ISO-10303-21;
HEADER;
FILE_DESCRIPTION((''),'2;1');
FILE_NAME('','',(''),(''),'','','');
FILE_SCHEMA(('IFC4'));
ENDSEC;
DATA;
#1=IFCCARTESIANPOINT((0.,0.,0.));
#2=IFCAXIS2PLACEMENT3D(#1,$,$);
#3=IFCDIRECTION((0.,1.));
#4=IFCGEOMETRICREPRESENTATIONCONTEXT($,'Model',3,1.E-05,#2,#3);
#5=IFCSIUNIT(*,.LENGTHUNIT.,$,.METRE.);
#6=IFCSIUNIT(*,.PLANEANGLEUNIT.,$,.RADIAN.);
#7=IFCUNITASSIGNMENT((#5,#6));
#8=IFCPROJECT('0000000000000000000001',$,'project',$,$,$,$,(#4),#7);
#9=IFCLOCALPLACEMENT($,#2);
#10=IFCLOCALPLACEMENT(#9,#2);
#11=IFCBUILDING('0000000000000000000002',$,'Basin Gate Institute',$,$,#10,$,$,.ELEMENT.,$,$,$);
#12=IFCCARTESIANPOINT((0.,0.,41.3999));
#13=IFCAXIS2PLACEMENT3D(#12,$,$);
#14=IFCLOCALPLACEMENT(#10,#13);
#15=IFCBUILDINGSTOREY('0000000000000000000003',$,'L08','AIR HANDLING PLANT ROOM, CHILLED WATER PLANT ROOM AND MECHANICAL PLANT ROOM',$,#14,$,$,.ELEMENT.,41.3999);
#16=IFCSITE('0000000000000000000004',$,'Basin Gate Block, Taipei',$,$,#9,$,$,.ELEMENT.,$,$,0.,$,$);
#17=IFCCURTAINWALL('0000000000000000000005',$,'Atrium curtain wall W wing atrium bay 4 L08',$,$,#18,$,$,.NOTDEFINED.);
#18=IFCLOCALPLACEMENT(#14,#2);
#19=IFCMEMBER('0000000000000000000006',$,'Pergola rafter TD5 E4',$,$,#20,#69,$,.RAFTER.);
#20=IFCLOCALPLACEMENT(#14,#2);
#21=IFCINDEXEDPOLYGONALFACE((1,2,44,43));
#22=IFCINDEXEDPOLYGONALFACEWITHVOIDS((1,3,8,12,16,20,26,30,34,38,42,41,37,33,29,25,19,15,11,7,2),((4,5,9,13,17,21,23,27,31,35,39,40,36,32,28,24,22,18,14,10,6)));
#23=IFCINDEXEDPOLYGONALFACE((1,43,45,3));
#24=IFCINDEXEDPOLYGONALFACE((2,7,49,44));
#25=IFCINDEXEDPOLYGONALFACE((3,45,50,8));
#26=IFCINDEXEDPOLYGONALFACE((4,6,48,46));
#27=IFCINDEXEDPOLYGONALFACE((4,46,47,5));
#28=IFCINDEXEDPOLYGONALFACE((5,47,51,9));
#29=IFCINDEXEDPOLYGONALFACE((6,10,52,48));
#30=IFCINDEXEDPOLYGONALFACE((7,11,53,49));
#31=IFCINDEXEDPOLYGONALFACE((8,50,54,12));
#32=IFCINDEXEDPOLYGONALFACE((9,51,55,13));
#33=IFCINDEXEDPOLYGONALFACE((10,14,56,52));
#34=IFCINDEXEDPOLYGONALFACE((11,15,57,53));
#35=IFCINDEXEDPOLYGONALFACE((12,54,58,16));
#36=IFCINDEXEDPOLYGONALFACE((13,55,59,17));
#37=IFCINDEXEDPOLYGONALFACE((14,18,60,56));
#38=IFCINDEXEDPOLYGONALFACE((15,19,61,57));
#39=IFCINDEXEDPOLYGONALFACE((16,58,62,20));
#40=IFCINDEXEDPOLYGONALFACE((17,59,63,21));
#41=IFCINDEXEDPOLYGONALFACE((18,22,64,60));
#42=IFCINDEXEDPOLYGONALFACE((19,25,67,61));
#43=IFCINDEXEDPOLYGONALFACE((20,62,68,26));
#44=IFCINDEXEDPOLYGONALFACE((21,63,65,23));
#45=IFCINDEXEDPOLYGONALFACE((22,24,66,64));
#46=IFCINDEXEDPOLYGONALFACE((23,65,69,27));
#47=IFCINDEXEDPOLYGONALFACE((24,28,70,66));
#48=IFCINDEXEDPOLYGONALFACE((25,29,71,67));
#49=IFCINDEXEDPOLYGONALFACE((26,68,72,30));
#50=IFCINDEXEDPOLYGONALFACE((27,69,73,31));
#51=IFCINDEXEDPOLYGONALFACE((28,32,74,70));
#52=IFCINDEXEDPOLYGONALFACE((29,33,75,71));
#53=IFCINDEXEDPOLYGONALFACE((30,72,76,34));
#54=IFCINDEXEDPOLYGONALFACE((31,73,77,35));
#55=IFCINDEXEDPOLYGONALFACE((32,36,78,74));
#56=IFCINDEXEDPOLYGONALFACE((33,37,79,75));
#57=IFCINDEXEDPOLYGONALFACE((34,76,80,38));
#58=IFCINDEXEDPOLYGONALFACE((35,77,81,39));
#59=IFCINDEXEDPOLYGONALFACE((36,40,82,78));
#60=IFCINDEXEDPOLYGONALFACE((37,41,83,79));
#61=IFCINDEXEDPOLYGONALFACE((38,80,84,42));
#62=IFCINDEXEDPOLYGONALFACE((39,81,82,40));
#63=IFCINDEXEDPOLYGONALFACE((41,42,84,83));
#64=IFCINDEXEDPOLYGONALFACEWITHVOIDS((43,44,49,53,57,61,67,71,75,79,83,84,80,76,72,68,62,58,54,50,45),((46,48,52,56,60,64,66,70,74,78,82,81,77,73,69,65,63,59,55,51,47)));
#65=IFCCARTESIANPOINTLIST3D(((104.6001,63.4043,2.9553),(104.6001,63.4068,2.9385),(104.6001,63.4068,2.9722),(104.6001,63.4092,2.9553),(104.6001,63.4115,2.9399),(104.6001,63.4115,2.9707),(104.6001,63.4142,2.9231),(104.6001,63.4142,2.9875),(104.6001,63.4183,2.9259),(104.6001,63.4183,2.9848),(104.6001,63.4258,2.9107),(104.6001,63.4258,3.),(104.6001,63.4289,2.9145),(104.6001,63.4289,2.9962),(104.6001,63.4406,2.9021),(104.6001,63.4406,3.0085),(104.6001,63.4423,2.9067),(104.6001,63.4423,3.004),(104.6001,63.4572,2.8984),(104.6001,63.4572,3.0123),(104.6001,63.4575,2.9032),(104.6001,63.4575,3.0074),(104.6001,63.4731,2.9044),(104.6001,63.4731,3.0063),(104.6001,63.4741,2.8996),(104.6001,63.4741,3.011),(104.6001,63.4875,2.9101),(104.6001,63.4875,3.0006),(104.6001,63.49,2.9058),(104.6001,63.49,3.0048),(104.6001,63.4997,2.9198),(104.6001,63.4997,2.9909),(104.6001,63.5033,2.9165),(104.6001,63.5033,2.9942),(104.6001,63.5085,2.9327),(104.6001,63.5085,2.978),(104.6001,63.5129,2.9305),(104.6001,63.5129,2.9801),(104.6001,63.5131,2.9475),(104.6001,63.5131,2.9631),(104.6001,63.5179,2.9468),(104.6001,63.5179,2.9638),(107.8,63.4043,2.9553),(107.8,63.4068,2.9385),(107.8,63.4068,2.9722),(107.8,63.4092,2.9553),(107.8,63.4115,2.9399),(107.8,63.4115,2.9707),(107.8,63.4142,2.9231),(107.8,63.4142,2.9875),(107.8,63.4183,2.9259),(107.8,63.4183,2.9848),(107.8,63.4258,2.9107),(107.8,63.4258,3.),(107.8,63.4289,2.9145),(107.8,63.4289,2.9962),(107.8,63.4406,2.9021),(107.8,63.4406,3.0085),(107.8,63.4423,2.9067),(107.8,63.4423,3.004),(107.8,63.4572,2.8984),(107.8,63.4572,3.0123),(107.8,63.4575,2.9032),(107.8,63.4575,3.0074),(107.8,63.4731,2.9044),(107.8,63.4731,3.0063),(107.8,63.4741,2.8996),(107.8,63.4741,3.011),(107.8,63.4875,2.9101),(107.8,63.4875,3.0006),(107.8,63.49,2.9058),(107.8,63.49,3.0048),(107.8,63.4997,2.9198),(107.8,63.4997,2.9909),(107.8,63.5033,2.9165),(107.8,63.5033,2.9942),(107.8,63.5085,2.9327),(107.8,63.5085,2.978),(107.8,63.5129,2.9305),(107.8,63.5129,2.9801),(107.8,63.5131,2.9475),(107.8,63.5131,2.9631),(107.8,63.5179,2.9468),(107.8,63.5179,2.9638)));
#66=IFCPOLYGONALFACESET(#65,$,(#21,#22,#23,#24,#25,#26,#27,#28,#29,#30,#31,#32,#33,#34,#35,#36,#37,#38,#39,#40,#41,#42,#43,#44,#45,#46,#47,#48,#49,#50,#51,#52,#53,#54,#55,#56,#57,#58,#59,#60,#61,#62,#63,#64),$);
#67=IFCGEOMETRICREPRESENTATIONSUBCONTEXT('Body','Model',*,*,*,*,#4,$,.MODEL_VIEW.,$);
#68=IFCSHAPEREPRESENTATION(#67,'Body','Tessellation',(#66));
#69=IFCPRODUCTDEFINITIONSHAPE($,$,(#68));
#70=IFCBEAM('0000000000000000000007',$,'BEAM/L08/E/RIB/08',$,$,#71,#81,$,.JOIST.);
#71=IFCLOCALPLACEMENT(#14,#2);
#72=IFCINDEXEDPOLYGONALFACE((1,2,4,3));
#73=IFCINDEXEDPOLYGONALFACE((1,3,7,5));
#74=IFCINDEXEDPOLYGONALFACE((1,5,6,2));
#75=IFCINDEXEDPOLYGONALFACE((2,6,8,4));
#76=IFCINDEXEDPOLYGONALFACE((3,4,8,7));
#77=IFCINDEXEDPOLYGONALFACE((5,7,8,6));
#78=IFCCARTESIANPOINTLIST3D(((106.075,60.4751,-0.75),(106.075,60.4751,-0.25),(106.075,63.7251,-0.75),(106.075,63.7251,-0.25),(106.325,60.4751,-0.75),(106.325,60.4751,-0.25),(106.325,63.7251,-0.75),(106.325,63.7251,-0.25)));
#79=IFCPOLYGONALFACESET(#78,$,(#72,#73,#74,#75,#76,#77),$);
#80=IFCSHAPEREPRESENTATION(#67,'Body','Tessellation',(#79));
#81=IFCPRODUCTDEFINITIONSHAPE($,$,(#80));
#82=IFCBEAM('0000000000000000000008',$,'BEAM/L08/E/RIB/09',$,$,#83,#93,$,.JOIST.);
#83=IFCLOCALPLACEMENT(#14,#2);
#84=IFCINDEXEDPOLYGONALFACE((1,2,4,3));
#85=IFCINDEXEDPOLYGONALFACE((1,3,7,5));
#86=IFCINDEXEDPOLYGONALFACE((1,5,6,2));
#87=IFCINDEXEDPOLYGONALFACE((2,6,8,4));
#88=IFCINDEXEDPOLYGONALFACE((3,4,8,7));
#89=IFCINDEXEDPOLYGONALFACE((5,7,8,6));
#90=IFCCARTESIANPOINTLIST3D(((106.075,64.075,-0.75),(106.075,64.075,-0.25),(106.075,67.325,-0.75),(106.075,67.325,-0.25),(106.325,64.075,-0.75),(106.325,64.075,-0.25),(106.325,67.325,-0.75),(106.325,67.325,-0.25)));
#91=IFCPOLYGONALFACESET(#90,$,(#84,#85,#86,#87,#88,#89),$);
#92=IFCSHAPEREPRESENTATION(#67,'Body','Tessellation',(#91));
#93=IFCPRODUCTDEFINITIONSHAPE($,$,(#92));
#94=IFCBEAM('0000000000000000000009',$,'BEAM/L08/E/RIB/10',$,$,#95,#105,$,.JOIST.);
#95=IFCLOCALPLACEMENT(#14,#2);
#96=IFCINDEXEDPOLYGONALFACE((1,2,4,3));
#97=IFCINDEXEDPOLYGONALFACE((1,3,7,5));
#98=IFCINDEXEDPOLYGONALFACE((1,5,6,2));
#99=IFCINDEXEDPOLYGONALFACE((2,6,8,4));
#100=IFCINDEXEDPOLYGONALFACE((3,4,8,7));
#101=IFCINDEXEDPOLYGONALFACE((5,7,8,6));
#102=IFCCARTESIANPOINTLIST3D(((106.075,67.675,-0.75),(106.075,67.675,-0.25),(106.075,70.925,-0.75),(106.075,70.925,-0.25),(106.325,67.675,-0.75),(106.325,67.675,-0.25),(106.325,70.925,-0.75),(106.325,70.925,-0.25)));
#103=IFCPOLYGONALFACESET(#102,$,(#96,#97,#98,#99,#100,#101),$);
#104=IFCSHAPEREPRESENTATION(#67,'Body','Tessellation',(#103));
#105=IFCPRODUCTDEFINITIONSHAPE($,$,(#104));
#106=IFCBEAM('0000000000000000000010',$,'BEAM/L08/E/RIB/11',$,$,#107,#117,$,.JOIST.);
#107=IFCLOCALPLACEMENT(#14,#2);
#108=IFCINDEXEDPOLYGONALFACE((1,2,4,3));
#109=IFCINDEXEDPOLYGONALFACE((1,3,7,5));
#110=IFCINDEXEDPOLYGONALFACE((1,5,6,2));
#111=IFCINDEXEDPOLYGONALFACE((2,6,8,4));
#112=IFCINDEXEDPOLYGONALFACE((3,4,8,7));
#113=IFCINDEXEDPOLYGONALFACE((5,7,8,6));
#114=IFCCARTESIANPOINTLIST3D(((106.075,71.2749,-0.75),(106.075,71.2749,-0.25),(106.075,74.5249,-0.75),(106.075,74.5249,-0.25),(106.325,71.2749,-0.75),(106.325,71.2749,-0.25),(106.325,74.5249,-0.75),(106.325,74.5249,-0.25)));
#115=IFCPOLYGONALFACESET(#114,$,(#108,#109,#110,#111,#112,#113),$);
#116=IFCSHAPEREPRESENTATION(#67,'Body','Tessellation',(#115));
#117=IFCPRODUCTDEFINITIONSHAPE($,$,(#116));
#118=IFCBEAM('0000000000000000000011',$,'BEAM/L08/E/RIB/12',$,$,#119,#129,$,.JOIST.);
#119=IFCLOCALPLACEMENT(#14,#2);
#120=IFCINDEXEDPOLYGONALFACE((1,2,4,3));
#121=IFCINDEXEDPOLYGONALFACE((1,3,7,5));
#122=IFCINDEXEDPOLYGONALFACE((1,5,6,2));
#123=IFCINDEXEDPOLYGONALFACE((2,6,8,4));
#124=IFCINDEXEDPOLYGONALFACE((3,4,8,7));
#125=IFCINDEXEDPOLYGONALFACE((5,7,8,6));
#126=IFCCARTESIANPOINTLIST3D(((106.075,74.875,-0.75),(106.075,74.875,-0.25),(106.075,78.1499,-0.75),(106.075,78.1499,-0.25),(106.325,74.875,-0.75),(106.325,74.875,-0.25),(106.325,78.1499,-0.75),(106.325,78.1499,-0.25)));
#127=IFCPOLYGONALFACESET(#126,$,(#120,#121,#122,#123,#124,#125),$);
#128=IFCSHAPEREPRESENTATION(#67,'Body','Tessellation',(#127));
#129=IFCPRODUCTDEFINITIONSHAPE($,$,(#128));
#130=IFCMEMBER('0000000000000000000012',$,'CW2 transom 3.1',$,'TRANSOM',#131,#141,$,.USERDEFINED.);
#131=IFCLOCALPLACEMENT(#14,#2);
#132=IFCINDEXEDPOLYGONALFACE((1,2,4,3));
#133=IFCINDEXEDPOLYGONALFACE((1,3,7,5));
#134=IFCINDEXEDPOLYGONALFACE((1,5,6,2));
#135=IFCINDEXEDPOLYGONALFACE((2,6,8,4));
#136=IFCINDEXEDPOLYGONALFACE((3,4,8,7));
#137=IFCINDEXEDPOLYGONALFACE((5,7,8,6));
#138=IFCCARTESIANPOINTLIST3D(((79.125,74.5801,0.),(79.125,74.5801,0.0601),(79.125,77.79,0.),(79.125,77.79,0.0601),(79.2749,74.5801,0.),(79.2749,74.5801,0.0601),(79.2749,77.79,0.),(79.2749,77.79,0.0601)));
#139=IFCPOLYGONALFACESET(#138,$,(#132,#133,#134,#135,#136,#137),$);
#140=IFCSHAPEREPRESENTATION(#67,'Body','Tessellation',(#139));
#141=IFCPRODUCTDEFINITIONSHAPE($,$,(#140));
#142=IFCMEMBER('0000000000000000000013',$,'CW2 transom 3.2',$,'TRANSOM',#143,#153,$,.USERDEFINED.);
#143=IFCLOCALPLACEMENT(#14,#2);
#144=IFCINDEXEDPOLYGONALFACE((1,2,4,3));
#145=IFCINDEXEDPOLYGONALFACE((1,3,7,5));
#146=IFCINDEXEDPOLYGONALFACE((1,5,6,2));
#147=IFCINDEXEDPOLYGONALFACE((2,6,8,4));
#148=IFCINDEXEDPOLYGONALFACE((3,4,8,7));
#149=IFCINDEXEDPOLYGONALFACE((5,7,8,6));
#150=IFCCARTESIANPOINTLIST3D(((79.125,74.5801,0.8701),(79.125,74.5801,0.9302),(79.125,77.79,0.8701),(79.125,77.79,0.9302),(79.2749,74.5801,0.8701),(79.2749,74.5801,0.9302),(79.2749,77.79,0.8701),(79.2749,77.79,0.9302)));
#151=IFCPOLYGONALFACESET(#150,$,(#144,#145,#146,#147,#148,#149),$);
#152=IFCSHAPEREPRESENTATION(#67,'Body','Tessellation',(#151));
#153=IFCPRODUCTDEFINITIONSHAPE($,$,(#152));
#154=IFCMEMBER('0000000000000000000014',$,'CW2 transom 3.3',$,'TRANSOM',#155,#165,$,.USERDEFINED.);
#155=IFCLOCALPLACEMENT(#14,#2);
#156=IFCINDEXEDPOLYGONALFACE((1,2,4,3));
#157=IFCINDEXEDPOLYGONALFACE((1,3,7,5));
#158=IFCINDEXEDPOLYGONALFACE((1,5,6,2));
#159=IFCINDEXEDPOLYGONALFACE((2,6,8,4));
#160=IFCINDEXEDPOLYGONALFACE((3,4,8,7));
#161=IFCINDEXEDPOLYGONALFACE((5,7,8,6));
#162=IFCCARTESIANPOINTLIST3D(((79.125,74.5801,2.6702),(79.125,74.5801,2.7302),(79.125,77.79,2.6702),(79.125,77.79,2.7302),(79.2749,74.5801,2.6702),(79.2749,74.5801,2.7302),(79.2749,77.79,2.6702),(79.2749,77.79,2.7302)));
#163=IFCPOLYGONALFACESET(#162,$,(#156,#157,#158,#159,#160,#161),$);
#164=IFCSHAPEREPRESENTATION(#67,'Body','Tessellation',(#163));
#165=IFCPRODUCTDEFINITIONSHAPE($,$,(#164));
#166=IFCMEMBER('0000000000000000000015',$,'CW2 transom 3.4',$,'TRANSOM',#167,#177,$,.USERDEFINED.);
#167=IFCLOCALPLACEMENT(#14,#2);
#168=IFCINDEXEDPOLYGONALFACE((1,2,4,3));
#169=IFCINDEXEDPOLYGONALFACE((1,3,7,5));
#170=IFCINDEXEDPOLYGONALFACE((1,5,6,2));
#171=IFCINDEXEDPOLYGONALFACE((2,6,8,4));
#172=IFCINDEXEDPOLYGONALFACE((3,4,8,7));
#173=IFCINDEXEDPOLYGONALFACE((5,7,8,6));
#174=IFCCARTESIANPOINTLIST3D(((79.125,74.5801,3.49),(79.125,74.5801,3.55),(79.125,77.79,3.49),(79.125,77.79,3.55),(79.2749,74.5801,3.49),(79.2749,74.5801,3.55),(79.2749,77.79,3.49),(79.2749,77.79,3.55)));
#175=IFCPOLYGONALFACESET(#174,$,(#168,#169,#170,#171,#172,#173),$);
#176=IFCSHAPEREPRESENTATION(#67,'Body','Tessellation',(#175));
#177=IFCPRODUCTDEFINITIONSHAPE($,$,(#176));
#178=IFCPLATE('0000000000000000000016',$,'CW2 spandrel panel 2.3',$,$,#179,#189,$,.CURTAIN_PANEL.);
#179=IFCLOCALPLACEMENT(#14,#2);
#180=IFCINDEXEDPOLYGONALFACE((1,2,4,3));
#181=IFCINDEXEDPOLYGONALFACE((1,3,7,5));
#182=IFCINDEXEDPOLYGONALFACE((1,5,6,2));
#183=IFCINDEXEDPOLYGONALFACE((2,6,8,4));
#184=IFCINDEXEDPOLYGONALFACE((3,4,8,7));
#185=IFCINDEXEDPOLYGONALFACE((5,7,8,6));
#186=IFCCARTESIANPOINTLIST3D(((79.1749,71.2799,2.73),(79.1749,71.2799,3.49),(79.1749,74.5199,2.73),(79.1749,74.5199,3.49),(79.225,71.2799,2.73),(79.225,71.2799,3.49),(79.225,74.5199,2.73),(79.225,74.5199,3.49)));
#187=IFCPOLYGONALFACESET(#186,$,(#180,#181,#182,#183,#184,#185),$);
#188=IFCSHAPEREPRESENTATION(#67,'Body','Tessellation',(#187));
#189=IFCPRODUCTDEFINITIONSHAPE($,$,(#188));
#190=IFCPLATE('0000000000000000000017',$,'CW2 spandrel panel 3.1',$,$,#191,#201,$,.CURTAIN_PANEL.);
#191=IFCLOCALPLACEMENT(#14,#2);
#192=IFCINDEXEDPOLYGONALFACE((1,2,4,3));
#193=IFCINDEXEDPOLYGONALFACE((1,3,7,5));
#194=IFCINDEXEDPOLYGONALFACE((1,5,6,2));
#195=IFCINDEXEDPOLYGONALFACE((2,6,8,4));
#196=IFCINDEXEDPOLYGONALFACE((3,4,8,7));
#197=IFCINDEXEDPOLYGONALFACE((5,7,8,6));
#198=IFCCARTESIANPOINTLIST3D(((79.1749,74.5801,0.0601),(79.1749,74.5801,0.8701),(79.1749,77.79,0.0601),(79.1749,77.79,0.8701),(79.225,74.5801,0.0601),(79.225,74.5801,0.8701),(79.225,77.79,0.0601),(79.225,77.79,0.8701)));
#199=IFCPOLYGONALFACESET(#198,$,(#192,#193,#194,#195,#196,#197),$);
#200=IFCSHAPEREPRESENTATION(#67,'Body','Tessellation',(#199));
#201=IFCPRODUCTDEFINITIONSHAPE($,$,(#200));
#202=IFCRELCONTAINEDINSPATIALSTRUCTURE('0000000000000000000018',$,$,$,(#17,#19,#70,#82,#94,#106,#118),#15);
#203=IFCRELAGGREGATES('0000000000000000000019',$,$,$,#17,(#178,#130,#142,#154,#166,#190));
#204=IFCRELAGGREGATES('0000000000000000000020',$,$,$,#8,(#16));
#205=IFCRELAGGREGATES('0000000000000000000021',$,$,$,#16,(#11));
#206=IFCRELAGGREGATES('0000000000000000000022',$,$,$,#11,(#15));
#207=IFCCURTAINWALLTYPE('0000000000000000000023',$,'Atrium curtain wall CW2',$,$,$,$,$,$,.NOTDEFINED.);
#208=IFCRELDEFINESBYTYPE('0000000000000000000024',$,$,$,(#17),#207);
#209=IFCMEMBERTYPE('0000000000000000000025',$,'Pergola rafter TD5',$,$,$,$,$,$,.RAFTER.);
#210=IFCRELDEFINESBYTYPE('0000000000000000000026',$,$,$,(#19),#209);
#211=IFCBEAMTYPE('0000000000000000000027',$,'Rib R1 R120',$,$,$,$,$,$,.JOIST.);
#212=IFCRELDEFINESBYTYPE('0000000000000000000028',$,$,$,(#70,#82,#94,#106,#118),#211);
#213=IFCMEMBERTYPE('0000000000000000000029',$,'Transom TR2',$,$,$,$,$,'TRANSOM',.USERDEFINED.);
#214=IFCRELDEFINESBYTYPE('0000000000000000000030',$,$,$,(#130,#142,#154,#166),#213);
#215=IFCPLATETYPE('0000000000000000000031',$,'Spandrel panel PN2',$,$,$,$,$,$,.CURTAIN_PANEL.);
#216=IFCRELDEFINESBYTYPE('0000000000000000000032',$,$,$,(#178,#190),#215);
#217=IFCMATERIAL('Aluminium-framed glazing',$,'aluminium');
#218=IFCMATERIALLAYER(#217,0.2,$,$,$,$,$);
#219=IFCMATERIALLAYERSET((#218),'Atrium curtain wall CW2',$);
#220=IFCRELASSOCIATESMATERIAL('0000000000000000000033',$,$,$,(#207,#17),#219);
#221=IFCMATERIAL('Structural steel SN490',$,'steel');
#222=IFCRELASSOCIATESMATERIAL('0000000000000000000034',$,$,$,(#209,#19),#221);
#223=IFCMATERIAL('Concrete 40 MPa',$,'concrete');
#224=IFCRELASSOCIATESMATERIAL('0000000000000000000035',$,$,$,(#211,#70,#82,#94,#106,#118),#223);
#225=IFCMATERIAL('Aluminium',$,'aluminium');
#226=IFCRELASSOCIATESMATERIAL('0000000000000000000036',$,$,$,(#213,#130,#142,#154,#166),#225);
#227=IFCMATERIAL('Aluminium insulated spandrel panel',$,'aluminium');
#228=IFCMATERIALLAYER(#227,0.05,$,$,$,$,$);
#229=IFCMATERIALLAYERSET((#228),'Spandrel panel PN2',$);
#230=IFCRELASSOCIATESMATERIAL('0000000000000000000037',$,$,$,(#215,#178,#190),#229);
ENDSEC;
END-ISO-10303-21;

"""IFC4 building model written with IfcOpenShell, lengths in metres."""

from ifc_helpers import new_model, si_unit, direction, frame, origin, origin_2d, place, context, subcontext, project, spatial, rectangle, hollow_circle, extrude, material, layer, layer_set, material_profile, profile_set, type_object, element, aggregate, save


model = new_model("IFC4")

# Units and contexts
model_context = context("Model", 3, precision=1e-05, world=origin(), true_north=direction((0.0, 1.0)))
body_context = subcontext(model_context, "Body", "Model", "MODEL_VIEW")
ifc_project = project(units=[si_unit("LENGTHUNIT", "METRE"), si_unit("PLANEANGLEUNIT", "RADIAN")], contexts=[model_context])

# Site, building, storey
site_placement = place(None, origin())
site = spatial("IfcSite", under=ifc_project, at=site_placement, Name="Basin Gate Block, Taipei", CompositionType="ELEMENT", RefElevation=0.0)
building_placement = place(site_placement, origin())
building = spatial("IfcBuilding", under=site, at=building_placement, Name="Basin Gate Institute", CompositionType="ELEMENT")
storey_placement = place(building_placement, frame((0.0, 0.0, 41.3999)))
storey = spatial("IfcBuildingStorey", under=building, at=storey_placement, Name="L08", Description="AIR HANDLING PLANT ROOM, CHILLED WATER PLANT ROOM AND MECHANICAL PLANT ROOM", CompositionType="ELEMENT", Elevation=41.3999)

# Curtain wall
ifc_material_1 = material(Name="Aluminium-framed glazing", Category="aluminium")
ifc_layer_1 = layer(ifc_material_1, 0.2)
ifc_layer_set_1 = layer_set([ifc_layer_1], Name="Atrium curtain wall CW2")
curtain_wall_type = type_object("IfcCurtainWallType", Name="Atrium curtain wall CW2", PredefinedType="NOTDEFINED", material=ifc_layer_set_1)
curtain_wall_placement = place(storey_placement, origin())
curtain_wall = element("IfcCurtainWall", 1, at=curtain_wall_placement, inside=storey, type_object=curtain_wall_type, material=ifc_layer_set_1, Name="Atrium curtain wall W wing atrium bay 4 L08", PredefinedType="NOTDEFINED")

# Member
ifc_material_2 = material(Name="Structural steel SN490", Category="steel")
ifc_material_profile_1 = material_profile(ifc_material_2, hollow_circle(Radius=0.0571, WallThickness=0.0049, at=origin_2d()), Name="CHS114x5")
ifc_profile_set_1 = profile_set([ifc_material_profile_1], Name="Structural steel SN490")
member_type_1 = type_object("IfcMemberType", Name="Pergola rafter TD5", PredefinedType="RAFTER", material=ifc_profile_set_1)
for number, where, z_axis, x_axis, name in (
    (2, (107.8, 63.4614, 2.9553), (-1.0, 0.0, 0.0), (0.0, -1.0, 0.0), "Pergola rafter TD5 E4"),
):
    element("IfcMember", number, at=place(storey_placement, frame(where, z_axis=z_axis, x_axis=x_axis)), inside=storey, type_object=member_type_1, material=ifc_profile_set_1, Name=name, PredefinedType="RAFTER", context=body_context, shape_type="SweptSolid", body=[
        extrude(hollow_circle(Radius=0.0571, WallThickness=0.0049, at=origin_2d()), origin(), (0.0, 0.0, 1.0), 3.2),
    ])

# Beams
ifc_material_3 = material(Name="Concrete 40 MPa", Category="concrete")
ifc_material_profile_2 = material_profile(ifc_material_3, rectangle(XDim=0.25, YDim=0.5, at=origin_2d()), Name="Rib R1 250 x 500")
ifc_profile_set_2 = profile_set([ifc_material_profile_2], Name="Concrete 40 MPa")
beam_type_1 = type_object("IfcBeamType", Name="Rib R1 R120", PredefinedType="JOIST", material=ifc_profile_set_2)
for number, where, z_axis, x_axis, name in (
    (3, (106.2, 60.4751, -0.5), (0.0, 1.0, 0.0), (-1.0, 0.0, 0.0), "BEAM/L08/E/RIB/08"),
    (4, (106.2, 64.075, -0.5), (0.0, 1.0, 0.0), (-1.0, 0.0, 0.0), "BEAM/L08/E/RIB/09"),
    (5, (106.2, 67.675, -0.5), (0.0, 1.0, 0.0), (-1.0, 0.0, 0.0), "BEAM/L08/E/RIB/10"),
    (6, (106.2, 71.2749, -0.5), (0.0, 1.0, 0.0), (-1.0, 0.0, 0.0), "BEAM/L08/E/RIB/11"),
):
    element("IfcBeam", number, at=place(storey_placement, frame(where, z_axis=z_axis, x_axis=x_axis)), inside=storey, type_object=beam_type_1, material=ifc_profile_set_2, Name=name, PredefinedType="JOIST", context=body_context, shape_type="SweptSolid", body=[
        extrude(rectangle(XDim=0.25, YDim=0.5, at=origin_2d()), origin(), (0.0, 0.0, 1.0), 3.25),
    ])
beam_1_placement = place(storey_placement, frame((106.2, 74.875, -0.5), z_axis=(0.0, 1.0, 0.0), x_axis=(-1.0, 0.0, 0.0)))
element("IfcBeam", 7, at=beam_1_placement, inside=storey, type_object=beam_type_1, material=ifc_profile_set_2, Name="BEAM/L08/E/RIB/12", PredefinedType="JOIST", context=body_context, shape_type="SweptSolid", body=[
    extrude(rectangle(XDim=0.25, YDim=0.5, at=origin_2d()), origin(), (0.0, 0.0, 1.0), 3.2749),
])

# Members
ifc_material_4 = material(Name="Aluminium", Category="aluminium")
ifc_material_profile_3 = material_profile(ifc_material_4, rectangle(XDim=0.1499, YDim=0.0601, at=origin_2d()), Name="Transom TR2 150 x 60")
ifc_profile_set_3 = profile_set([ifc_material_profile_3], Name="Aluminium")
member_type_2 = type_object("IfcMemberType", Name="Transom TR2", ElementType="TRANSOM", PredefinedType="USERDEFINED", material=ifc_profile_set_3)
member_1_placement = place(storey_placement, frame((79.2, 74.5801, 0.03), z_axis=(0.0, 1.0, 0.0), x_axis=(-1.0, 0.0, 0.0)))
member_1 = element("IfcMember", 8, at=member_1_placement, type_object=member_type_2, material=ifc_profile_set_3, Name="CW2 transom 3.1", ObjectType="TRANSOM", PredefinedType="USERDEFINED", context=body_context, shape_type="SweptSolid", body=[
    extrude(rectangle(XDim=0.1499, YDim=0.0601, at=origin_2d()), origin(), (0.0, 0.0, 1.0), 3.21),
])
member_2_placement = place(storey_placement, frame((79.2, 74.5801, 0.9001), z_axis=(0.0, 1.0, 0.0), x_axis=(-1.0, 0.0, 0.0)))
member_2 = element("IfcMember", 9, at=member_2_placement, type_object=member_type_2, material=ifc_profile_set_3, Name="CW2 transom 3.2", ObjectType="TRANSOM", PredefinedType="USERDEFINED", context=body_context, shape_type="SweptSolid", body=[
    extrude(rectangle(XDim=0.1499, YDim=0.0601, at=origin_2d()), origin(), (0.0, 0.0, 1.0), 3.21),
])
member_3_placement = place(storey_placement, frame((79.2, 74.5801, 2.7002), z_axis=(0.0, 1.0, 0.0), x_axis=(-1.0, 0.0, 0.0)))
member_3 = element("IfcMember", 10, at=member_3_placement, type_object=member_type_2, material=ifc_profile_set_3, Name="CW2 transom 3.3", ObjectType="TRANSOM", PredefinedType="USERDEFINED", context=body_context, shape_type="SweptSolid", body=[
    extrude(rectangle(XDim=0.1499, YDim=0.0601, at=origin_2d()), origin(), (0.0, 0.0, 1.0), 3.21),
])
member_4_placement = place(storey_placement, frame((79.2, 74.5801, 3.52), z_axis=(0.0, 1.0, 0.0), x_axis=(-1.0, 0.0, 0.0)))
member_4 = element("IfcMember", 11, at=member_4_placement, type_object=member_type_2, material=ifc_profile_set_3, Name="CW2 transom 3.4", ObjectType="TRANSOM", PredefinedType="USERDEFINED", context=body_context, shape_type="SweptSolid", body=[
    extrude(rectangle(XDim=0.1499, YDim=0.0601, at=origin_2d()), origin(), (0.0, 0.0, 1.0), 3.21),
])

# Plates
ifc_material_5 = material(Name="Aluminium insulated spandrel panel", Category="aluminium")
ifc_layer_2 = layer(ifc_material_5, 0.05)
ifc_layer_set_2 = layer_set([ifc_layer_2], Name="Spandrel panel PN2")
plate_type_1 = type_object("IfcPlateType", Name="Spandrel panel PN2", PredefinedType="CURTAIN_PANEL", material=ifc_layer_set_2)
plate_1_placement = place(storey_placement, frame((79.2, 72.8999, 2.73), z_axis=(0.0, 0.0, 1.0), x_axis=(0.0, 1.0, 0.0)))
plate_1 = element("IfcPlate", 12, at=plate_1_placement, type_object=plate_type_1, material=ifc_layer_set_2, Name="CW2 spandrel panel 2.3", PredefinedType="CURTAIN_PANEL", context=body_context, shape_type="SweptSolid", body=[
    extrude(rectangle(XDim=3.24, YDim=0.05, at=origin_2d()), origin(), (0.0, 0.0, 1.0), 0.76),
])
plate_2_placement = place(storey_placement, frame((79.2, 76.1851, 0.0601), z_axis=(0.0, 0.0, 1.0), x_axis=(0.0, 1.0, 0.0)))
plate_2 = element("IfcPlate", 13, at=plate_2_placement, type_object=plate_type_1, material=ifc_layer_set_2, Name="CW2 spandrel panel 3.1", PredefinedType="CURTAIN_PANEL", context=body_context, shape_type="SweptSolid", body=[
    extrude(rectangle(XDim=3.21, YDim=0.05, at=origin_2d()), origin(), (0.0, 0.0, 1.0), 0.8101),
])
aggregate(curtain_wall, [plate_1, member_1, member_2, member_3, member_4, plate_2])

save(model, "model.ifc")
